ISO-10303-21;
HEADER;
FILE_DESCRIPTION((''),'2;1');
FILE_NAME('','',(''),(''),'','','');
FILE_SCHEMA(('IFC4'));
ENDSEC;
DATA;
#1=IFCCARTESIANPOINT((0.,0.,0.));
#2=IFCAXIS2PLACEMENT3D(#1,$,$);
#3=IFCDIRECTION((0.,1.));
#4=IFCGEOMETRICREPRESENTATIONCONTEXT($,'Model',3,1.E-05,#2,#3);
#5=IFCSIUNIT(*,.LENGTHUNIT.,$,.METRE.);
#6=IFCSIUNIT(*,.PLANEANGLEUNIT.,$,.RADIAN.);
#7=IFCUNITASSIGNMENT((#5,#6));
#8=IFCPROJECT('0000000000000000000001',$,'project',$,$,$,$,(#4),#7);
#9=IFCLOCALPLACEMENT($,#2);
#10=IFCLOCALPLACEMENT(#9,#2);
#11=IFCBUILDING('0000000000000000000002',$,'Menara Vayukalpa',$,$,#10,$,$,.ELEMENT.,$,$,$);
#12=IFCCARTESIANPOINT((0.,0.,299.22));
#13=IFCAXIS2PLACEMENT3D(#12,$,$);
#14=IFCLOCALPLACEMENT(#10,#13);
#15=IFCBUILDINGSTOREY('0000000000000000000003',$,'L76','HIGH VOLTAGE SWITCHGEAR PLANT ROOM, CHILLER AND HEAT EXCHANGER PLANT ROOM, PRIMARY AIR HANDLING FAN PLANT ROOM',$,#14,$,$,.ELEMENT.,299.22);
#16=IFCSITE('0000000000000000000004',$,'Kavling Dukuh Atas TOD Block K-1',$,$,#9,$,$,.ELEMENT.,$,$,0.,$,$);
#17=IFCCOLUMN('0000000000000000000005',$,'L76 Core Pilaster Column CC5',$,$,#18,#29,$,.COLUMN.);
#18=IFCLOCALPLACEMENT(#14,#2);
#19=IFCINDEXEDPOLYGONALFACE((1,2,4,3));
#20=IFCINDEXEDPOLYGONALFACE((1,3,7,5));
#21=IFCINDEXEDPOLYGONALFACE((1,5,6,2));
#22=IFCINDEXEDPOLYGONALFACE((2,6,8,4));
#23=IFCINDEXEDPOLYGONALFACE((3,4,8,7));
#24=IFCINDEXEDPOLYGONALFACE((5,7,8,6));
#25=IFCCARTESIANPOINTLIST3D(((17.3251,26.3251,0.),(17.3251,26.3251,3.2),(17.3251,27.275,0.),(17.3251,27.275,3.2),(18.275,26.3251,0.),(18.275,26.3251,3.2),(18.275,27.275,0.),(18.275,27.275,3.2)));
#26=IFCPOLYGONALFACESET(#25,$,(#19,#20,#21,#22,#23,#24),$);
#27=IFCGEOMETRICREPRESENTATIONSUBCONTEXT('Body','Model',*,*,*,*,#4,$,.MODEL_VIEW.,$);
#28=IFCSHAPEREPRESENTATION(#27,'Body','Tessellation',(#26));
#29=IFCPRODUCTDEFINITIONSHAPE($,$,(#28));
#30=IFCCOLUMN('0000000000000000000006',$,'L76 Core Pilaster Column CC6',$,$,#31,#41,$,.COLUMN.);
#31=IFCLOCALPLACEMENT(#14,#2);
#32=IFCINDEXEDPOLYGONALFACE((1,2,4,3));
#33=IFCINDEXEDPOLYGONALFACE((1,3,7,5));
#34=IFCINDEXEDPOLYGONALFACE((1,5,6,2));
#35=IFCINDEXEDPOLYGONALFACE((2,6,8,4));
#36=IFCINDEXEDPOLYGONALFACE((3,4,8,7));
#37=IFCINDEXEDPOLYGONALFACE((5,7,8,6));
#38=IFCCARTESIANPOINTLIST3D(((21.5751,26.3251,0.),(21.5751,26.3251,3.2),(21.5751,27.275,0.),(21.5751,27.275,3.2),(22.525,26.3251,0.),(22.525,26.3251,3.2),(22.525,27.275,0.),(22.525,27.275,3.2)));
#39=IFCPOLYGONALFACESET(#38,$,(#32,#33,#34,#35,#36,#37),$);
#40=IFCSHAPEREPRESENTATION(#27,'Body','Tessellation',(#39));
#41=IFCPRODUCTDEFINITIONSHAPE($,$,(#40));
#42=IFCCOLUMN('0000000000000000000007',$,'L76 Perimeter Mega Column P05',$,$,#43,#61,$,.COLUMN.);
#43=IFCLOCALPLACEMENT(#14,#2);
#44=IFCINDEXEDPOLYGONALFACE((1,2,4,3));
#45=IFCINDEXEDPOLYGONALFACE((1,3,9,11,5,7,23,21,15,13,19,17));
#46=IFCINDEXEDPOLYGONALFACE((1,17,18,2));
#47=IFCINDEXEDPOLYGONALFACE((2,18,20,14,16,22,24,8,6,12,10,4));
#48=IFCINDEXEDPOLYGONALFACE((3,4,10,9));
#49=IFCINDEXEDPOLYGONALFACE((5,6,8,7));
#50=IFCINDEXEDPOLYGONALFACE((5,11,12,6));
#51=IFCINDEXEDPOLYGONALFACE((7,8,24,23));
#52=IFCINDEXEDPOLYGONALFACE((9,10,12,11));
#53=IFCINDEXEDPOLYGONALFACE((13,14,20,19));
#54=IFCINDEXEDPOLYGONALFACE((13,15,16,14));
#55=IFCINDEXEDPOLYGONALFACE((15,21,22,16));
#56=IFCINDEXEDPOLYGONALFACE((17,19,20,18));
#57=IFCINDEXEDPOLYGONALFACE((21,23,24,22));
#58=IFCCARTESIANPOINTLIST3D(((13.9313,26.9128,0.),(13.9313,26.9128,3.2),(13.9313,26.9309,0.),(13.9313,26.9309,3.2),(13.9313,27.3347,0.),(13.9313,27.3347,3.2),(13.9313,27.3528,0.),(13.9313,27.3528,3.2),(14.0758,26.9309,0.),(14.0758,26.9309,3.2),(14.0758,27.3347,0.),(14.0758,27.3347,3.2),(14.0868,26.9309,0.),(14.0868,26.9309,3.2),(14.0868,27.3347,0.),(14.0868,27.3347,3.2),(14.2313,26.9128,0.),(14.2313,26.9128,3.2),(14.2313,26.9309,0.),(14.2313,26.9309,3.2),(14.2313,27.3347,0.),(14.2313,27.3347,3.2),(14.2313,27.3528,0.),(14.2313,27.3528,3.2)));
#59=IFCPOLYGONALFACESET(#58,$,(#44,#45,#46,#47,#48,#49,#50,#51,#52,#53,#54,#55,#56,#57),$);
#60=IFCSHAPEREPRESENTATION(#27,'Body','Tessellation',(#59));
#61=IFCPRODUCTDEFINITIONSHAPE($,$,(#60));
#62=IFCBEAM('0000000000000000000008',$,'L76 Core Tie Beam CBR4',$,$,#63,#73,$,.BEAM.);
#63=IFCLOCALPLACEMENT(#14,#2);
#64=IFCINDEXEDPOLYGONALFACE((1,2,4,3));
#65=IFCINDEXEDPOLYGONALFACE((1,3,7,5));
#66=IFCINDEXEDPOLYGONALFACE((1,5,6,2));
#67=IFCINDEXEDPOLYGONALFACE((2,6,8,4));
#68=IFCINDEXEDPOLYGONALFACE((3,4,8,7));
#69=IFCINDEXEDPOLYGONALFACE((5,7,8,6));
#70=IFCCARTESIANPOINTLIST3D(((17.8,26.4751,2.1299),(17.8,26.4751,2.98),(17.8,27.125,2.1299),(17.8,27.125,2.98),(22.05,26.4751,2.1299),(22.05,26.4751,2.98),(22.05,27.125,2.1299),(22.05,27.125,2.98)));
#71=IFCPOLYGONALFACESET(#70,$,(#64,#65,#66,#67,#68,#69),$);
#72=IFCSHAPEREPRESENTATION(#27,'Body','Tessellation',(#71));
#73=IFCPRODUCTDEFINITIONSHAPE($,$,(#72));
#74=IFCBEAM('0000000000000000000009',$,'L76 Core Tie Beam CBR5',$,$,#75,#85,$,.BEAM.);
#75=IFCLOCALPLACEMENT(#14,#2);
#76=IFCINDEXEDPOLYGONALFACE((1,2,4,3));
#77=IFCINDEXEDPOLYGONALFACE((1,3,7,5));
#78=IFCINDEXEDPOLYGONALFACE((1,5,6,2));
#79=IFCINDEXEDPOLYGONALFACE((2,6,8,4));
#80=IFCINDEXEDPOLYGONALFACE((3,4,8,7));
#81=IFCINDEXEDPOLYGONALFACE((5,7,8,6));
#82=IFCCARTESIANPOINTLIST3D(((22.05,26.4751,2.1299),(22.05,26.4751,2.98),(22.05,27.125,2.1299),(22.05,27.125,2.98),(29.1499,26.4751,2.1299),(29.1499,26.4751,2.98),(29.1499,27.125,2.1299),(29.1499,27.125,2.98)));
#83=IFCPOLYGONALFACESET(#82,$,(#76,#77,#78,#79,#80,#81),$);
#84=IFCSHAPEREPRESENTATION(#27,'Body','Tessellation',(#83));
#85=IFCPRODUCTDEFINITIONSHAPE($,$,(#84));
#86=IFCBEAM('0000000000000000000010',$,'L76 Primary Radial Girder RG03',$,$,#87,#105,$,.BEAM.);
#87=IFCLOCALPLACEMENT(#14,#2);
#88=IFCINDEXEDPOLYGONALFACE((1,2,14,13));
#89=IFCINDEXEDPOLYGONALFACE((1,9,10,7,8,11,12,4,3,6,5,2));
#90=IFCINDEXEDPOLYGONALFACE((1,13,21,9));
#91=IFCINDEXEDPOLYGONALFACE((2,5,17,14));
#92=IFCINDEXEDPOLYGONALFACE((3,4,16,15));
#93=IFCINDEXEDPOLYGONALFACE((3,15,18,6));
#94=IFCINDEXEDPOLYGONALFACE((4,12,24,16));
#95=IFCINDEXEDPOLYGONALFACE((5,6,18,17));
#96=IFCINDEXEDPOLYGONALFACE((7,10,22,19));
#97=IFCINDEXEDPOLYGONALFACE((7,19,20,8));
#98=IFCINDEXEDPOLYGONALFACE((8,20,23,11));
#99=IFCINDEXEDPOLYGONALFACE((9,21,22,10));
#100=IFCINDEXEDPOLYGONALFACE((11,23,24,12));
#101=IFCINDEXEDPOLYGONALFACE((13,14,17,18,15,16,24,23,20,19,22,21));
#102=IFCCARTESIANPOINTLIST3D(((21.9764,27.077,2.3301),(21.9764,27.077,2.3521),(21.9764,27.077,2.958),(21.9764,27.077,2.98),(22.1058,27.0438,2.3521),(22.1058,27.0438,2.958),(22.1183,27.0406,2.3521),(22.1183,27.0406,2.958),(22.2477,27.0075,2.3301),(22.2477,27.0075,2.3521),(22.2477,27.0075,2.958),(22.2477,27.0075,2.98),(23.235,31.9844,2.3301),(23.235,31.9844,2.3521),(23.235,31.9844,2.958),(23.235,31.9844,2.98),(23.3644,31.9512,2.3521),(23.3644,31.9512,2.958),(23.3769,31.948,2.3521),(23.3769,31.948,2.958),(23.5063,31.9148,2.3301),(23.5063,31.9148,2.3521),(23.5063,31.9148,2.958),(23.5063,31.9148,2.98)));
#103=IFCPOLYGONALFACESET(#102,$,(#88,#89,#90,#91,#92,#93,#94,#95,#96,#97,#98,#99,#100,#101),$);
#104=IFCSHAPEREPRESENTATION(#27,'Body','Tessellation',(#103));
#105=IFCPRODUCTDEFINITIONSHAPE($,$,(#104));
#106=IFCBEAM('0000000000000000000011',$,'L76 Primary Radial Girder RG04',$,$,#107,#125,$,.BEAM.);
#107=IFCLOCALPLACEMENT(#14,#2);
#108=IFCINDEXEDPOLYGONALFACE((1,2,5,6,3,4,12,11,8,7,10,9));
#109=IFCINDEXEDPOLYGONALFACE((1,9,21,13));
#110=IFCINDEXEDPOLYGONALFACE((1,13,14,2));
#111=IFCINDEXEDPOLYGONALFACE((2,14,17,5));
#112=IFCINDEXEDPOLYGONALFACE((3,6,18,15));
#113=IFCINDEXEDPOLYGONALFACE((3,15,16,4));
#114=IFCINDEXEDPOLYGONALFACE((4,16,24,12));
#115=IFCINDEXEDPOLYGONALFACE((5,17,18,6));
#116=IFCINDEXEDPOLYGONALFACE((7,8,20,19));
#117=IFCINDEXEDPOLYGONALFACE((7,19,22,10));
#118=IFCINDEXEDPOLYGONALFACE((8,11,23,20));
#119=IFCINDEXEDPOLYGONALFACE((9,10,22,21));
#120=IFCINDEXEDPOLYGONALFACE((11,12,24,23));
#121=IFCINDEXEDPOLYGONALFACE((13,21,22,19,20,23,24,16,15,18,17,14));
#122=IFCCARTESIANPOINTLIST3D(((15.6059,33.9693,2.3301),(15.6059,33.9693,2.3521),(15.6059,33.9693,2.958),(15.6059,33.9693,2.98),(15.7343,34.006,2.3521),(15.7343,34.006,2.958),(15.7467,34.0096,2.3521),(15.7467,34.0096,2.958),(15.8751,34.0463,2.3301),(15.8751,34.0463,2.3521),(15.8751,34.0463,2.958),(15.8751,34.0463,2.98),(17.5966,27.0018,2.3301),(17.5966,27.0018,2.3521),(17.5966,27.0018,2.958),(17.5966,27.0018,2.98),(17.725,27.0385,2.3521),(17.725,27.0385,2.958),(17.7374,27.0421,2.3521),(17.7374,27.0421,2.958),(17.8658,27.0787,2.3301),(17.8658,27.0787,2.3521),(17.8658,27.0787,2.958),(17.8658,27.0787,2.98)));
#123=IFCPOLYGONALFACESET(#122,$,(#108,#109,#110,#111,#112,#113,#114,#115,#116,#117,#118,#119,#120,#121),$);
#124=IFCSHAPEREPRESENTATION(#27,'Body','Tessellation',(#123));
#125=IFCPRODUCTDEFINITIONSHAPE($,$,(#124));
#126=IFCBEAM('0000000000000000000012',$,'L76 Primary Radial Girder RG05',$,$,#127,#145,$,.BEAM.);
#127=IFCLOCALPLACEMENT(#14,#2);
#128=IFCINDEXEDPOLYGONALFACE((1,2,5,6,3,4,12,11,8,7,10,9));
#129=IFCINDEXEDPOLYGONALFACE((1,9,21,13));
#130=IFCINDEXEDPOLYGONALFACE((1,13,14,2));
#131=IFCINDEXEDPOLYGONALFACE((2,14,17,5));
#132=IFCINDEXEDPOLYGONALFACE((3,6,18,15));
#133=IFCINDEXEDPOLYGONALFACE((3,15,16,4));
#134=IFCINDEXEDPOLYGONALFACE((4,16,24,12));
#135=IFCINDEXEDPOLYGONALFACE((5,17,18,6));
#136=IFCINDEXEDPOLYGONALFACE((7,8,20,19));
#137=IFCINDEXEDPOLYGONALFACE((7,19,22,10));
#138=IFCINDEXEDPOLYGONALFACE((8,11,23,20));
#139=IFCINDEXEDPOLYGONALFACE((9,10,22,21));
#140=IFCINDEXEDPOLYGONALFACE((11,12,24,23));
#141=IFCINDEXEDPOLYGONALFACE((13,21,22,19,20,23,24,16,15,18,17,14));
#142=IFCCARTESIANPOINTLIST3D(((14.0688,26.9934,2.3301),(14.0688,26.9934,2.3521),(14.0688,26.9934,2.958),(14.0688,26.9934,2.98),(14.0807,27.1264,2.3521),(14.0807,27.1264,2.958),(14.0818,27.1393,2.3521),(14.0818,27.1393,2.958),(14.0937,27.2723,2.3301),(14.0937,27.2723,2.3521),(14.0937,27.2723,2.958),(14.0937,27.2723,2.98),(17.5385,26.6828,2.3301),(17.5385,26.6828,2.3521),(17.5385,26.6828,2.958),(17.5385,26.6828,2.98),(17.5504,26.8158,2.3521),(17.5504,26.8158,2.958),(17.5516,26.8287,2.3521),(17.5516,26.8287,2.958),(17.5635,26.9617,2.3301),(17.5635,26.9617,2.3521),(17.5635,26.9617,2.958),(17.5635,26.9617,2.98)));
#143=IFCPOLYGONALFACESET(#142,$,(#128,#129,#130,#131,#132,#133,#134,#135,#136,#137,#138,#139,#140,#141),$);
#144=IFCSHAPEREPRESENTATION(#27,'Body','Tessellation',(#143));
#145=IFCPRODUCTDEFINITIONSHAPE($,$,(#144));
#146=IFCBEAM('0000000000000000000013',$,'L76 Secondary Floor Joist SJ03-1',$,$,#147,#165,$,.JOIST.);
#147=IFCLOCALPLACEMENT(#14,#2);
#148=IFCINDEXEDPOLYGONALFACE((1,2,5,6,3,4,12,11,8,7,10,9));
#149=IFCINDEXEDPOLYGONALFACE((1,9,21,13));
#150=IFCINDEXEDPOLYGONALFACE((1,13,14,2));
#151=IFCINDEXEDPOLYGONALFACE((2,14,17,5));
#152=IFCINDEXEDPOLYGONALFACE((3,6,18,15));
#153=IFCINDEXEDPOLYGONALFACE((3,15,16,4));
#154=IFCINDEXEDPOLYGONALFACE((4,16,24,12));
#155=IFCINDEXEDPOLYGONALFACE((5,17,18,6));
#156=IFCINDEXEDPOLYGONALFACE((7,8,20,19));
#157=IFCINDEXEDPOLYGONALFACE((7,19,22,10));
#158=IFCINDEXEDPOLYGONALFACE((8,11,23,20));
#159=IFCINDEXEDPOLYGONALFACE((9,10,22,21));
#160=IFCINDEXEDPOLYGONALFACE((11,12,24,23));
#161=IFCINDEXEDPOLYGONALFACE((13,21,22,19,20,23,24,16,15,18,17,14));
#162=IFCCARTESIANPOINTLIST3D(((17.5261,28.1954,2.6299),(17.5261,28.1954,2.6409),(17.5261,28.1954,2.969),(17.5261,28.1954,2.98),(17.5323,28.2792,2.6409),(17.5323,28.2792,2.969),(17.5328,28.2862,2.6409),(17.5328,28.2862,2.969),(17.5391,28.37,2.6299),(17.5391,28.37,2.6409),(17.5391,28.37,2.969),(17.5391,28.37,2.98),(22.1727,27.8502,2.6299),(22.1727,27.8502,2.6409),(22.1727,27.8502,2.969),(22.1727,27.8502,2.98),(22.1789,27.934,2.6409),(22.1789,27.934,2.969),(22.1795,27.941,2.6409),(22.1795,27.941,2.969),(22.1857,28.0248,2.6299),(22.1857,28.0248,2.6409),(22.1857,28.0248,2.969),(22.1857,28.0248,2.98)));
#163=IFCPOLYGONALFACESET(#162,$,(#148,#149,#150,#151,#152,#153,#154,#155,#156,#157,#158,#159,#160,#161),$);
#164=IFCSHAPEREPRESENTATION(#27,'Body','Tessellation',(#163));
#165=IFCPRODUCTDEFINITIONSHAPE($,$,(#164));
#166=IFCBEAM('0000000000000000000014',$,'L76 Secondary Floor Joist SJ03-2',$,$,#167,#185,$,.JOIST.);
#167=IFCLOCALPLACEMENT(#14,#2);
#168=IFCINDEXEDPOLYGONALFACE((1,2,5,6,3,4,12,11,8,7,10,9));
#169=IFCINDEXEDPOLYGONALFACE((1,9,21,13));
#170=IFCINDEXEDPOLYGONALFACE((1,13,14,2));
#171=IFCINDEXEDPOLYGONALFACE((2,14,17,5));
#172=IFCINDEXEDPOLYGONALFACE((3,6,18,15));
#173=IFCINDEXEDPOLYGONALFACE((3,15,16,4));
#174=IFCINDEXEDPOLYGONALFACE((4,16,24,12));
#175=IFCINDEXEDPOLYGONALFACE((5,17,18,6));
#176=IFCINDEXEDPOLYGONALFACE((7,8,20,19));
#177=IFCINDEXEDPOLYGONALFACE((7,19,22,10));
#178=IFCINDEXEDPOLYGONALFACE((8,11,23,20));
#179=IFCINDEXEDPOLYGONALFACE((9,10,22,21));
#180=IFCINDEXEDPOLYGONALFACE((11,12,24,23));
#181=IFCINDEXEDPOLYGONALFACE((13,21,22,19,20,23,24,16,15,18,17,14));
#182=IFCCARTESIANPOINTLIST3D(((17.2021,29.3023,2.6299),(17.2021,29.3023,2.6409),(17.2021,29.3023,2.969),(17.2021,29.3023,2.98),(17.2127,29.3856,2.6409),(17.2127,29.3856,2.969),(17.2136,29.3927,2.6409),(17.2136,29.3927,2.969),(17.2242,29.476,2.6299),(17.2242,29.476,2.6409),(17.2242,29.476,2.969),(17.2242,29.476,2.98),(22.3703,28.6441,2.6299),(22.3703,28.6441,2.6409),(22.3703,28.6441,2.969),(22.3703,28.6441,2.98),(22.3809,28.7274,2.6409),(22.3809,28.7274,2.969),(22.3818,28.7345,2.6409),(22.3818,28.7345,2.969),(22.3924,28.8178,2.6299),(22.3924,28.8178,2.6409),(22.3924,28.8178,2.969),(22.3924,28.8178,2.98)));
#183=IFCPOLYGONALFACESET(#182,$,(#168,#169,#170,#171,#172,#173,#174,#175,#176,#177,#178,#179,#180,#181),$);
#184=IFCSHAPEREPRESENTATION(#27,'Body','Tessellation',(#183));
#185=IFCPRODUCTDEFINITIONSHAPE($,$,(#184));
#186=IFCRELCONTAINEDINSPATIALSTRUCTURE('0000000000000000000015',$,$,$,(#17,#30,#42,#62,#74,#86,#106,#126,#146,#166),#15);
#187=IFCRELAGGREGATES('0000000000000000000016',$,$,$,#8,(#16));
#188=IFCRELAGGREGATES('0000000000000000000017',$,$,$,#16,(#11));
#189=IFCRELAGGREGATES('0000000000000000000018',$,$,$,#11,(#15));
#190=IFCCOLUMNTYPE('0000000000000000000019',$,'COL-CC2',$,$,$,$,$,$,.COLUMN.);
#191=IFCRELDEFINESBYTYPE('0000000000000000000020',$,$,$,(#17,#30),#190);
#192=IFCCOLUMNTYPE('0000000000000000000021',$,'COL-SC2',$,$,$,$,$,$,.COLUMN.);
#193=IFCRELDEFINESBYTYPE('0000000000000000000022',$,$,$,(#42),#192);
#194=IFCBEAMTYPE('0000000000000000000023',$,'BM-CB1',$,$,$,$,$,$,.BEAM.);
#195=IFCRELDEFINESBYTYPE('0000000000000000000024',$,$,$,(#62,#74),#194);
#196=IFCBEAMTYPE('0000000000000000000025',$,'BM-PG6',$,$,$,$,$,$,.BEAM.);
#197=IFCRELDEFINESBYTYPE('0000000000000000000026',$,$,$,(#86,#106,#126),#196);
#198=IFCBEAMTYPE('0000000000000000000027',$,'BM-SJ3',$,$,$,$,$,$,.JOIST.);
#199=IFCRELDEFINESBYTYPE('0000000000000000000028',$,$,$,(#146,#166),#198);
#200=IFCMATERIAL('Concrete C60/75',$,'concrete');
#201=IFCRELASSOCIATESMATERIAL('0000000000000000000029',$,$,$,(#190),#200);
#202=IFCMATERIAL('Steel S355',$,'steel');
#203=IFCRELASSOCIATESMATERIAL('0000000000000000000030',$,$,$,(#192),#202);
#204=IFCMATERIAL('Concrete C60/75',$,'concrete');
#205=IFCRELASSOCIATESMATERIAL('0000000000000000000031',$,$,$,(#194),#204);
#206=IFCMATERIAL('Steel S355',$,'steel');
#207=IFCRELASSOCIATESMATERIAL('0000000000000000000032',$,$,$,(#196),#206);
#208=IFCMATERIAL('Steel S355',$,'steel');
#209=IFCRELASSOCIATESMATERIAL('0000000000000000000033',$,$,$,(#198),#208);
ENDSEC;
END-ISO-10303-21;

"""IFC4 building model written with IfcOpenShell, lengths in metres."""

from ifc_helpers import new_model, si_unit, direction, frame, origin, origin_2d, place, context, subcontext, project, spatial, rectangle, i_section, extrude, material, material_profile, profile_set, type_object, element, save


model = new_model("IFC4")

# Units and contexts
model_context = context("Model", 3, precision=1e-05, world=origin(), true_north=direction((0.0, 1.0)))
body_context = subcontext(model_context, "Body", "Model", "MODEL_VIEW")
ifc_project = project(units=[si_unit("LENGTHUNIT", "METRE"), si_unit("PLANEANGLEUNIT", "RADIAN")], contexts=[model_context])

# Site, building, storey
site_placement = place(None, origin())
site = spatial("IfcSite", under=ifc_project, at=site_placement, Name="Kavling Dukuh Atas TOD Block K-1", CompositionType="ELEMENT", RefElevation=0.0)
building_placement = place(site_placement, origin())
building = spatial("IfcBuilding", under=site, at=building_placement, Name="Menara Vayukalpa", CompositionType="ELEMENT")
storey_placement = place(building_placement, frame((0.0, 0.0, 299.22)))
storey = spatial("IfcBuildingStorey", under=building, at=storey_placement, Name="L76", Description="HIGH VOLTAGE SWITCHGEAR PLANT ROOM, CHILLER AND HEAT EXCHANGER PLANT ROOM, PRIMARY AIR HANDLING FAN PLANT ROOM", CompositionType="ELEMENT", Elevation=299.22)

# Columns
ifc_material_1 = material(Name="Concrete C60/75", Category="concrete")
ifc_material_profile_1 = material_profile(ifc_material_1, rectangle(XDim=0.95, YDim=0.95, at=origin_2d()), Name="RC 950x950")
ifc_profile_set_1 = profile_set([ifc_material_profile_1], Name="Concrete C60/75")
column_type_1 = type_object("IfcColumnType", Name="COL-CC2", PredefinedType="COLUMN", material=ifc_profile_set_1)
for number, where, z_axis, x_axis, name in (
    (1, (17.8, 26.8, 0.0), (0.0, 0.0, 1.0), (1.0, 0.0, 0.0), "L76 Core Pilaster Column CC5"),
    (2, (22.05, 26.8, 0.0), (0.0, 0.0, 1.0), (1.0, 0.0, 0.0), "L76 Core Pilaster Column CC6"),
):
    element("IfcColumn", number, at=place(storey_placement, frame(where, z_axis=z_axis, x_axis=x_axis)), inside=storey, type_object=column_type_1, Name=name, PredefinedType="COLUMN", context=body_context, shape_type="SweptSolid", body=[
        extrude(rectangle(XDim=0.95, YDim=0.95, at=origin_2d()), origin(), (0.0, 0.0, 1.0), 3.2),
    ])
ifc_material_2 = material(Name="Steel S355", Category="steel")
ifc_material_profile_2 = material_profile(ifc_material_2, i_section(OverallWidth=0.3, OverallDepth=0.4399, WebThickness=0.011, FlangeThickness=0.0181, at=origin_2d()), Name="H 440x300x11x18")
ifc_profile_set_2 = profile_set([ifc_material_profile_2], Name="Steel S355")
column_type_2 = type_object("IfcColumnType", Name="COL-SC2", PredefinedType="COLUMN", material=ifc_profile_set_2)
column_placement = place(storey_placement, frame((14.0813, 27.1328, 0.0), z_axis=(0.0, 0.0, 1.0), x_axis=(1.0, 0.0, 0.0)))
element("IfcColumn", 3, at=column_placement, inside=storey, type_object=column_type_2, Name="L76 Perimeter Mega Column P05", PredefinedType="COLUMN", context=body_context, shape_type="SweptSolid", body=[
    extrude(i_section(OverallWidth=0.3, OverallDepth=0.4399, WebThickness=0.011, FlangeThickness=0.0181, at=origin_2d()), origin(), (0.0, 0.0, 1.0), 3.2),
])

# Beams
ifc_material_3 = material(Name="Concrete C60/75", Category="concrete")
ifc_material_profile_3 = material_profile(ifc_material_3, rectangle(XDim=0.6499, YDim=0.8501, at=origin_2d()), Name="RC 650x850")
ifc_profile_set_3 = profile_set([ifc_material_profile_3], Name="Concrete C60/75")
beam_type_1 = type_object("IfcBeamType", Name="BM-CB1", PredefinedType="BEAM", material=ifc_profile_set_3)
beam_1_placement = place(storey_placement, frame((17.8, 26.8, 2.5549), z_axis=(1.0, 0.0, 0.0), x_axis=(0.0, 1.0, 0.0)))
element("IfcBeam", 4, at=beam_1_placement, inside=storey, type_object=beam_type_1, Name="L76 Core Tie Beam CBR4", PredefinedType="BEAM", context=body_context, shape_type="SweptSolid", body=[
    extrude(rectangle(XDim=0.6499, YDim=0.8501, at=origin_2d()), origin(), (0.0, 0.0, 1.0), 4.25),
])
beam_2_placement = place(storey_placement, frame((22.05, 26.8, 2.5549), z_axis=(1.0, 0.0, 0.0), x_axis=(0.0, 1.0, 0.0)))
element("IfcBeam", 5, at=beam_2_placement, inside=storey, type_object=beam_type_1, Name="L76 Core Tie Beam CBR5", PredefinedType="BEAM", context=body_context, shape_type="SweptSolid", body=[
    extrude(rectangle(XDim=0.6499, YDim=0.8501, at=origin_2d()), origin(), (0.0, 0.0, 1.0), 7.0999),
])
ifc_material_4 = material(Name="Steel S355", Category="steel")
ifc_material_profile_4 = material_profile(ifc_material_4, i_section(OverallWidth=0.28, OverallDepth=0.6499, WebThickness=0.0129, FlangeThickness=0.022, at=origin_2d()), Name="WF 650x280x13x22")
ifc_profile_set_4 = profile_set([ifc_material_profile_4], Name="Steel S355")
beam_type_2 = type_object("IfcBeamType", Name="BM-PG6", PredefinedType="BEAM", material=ifc_profile_set_4)
beam_3_placement = place(storey_placement, frame((22.1121, 27.0422, 2.655), z_axis=(0.248428, 0.96865, 0.0), x_axis=(-0.96865, 0.248428, 0.0)))
element("IfcBeam", 6, at=beam_3_placement, inside=storey, type_object=beam_type_2, Name="L76 Primary Radial Girder RG03", PredefinedType="BEAM", context=body_context, shape_type="SweptSolid", body=[
    extrude(i_section(OverallWidth=0.28, OverallDepth=0.6499, WebThickness=0.0129, FlangeThickness=0.022, at=origin_2d()), origin(), (0.0, 0.0, 1.0), 5.0662),
])
beam_4_placement = place(storey_placement, frame((17.7312, 27.0403, 2.655), z_axis=(-0.274721, 0.961524, 0.0), x_axis=(-0.961524, -0.274721, 0.0)))
element("IfcBeam", 7, at=beam_4_placement, inside=storey, type_object=beam_type_2, Name="L76 Primary Radial Girder RG04", PredefinedType="BEAM", context=body_context, shape_type="SweptSolid", body=[
    extrude(i_section(OverallWidth=0.28, OverallDepth=0.6499, WebThickness=0.0129, FlangeThickness=0.022, at=origin_2d()), origin(), (0.0, 0.0, 1.0), 7.2463),
])
beam_5_placement = place(storey_placement, frame((17.551, 26.8223, 2.655), z_axis=(-0.996019, 0.089145, 0.0), x_axis=(-0.089145, -0.996019, 0.0)))
element("IfcBeam", 8, at=beam_5_placement, inside=storey, type_object=beam_type_2, Name="L76 Primary Radial Girder RG05", PredefinedType="BEAM", context=body_context, shape_type="SweptSolid", body=[
    extrude(i_section(OverallWidth=0.28, OverallDepth=0.6499, WebThickness=0.0129, FlangeThickness=0.022, at=origin_2d()), origin(), (0.0, 0.0, 1.0), 3.4836),
])
ifc_material_5 = material(Name="Steel S355", Category="steel")
ifc_material_profile_5 = material_profile(ifc_material_5, i_section(OverallWidth=0.175, OverallDepth=0.3501, WebThickness=0.0071, FlangeThickness=0.011, at=origin_2d()), Name="WF 350x175x7x11")
ifc_profile_set_5 = profile_set([ifc_material_profile_5], Name="Steel S355")
beam_type_3 = type_object("IfcBeamType", Name="BM-SJ3", PredefinedType="JOIST", material=ifc_profile_set_5)
beam_6_placement = place(storey_placement, frame((22.1792, 27.9375, 2.8049), z_axis=(-0.997252, 0.074088, 0.0), x_axis=(-0.074088, -0.997252, 0.0)))
element("IfcBeam", 9, at=beam_6_placement, inside=storey, type_object=beam_type_3, Name="L76 Secondary Floor Joist SJ03-1", PredefinedType="JOIST", context=body_context, shape_type="SweptSolid", body=[
    extrude(i_section(OverallWidth=0.175, OverallDepth=0.3501, WebThickness=0.0071, FlangeThickness=0.011, at=origin_2d()), origin(), (0.0, 0.0, 1.0), 4.6594),
])
beam_7_placement = place(storey_placement, frame((22.3813, 28.731, 2.8049), z_axis=(-0.991988, 0.126336, 0.0), x_axis=(-0.126336, -0.991988, 0.0)))
element("IfcBeam", 10, at=beam_7_placement, inside=storey, type_object=beam_type_3, Name="L76 Secondary Floor Joist SJ03-2", PredefinedType="JOIST", context=body_context, shape_type="SweptSolid", body=[
    extrude(i_section(OverallWidth=0.175, OverallDepth=0.3501, WebThickness=0.0071, FlangeThickness=0.011, at=origin_2d()), origin(), (0.0, 0.0, 1.0), 5.21),
])

save(model, "model.ifc")
